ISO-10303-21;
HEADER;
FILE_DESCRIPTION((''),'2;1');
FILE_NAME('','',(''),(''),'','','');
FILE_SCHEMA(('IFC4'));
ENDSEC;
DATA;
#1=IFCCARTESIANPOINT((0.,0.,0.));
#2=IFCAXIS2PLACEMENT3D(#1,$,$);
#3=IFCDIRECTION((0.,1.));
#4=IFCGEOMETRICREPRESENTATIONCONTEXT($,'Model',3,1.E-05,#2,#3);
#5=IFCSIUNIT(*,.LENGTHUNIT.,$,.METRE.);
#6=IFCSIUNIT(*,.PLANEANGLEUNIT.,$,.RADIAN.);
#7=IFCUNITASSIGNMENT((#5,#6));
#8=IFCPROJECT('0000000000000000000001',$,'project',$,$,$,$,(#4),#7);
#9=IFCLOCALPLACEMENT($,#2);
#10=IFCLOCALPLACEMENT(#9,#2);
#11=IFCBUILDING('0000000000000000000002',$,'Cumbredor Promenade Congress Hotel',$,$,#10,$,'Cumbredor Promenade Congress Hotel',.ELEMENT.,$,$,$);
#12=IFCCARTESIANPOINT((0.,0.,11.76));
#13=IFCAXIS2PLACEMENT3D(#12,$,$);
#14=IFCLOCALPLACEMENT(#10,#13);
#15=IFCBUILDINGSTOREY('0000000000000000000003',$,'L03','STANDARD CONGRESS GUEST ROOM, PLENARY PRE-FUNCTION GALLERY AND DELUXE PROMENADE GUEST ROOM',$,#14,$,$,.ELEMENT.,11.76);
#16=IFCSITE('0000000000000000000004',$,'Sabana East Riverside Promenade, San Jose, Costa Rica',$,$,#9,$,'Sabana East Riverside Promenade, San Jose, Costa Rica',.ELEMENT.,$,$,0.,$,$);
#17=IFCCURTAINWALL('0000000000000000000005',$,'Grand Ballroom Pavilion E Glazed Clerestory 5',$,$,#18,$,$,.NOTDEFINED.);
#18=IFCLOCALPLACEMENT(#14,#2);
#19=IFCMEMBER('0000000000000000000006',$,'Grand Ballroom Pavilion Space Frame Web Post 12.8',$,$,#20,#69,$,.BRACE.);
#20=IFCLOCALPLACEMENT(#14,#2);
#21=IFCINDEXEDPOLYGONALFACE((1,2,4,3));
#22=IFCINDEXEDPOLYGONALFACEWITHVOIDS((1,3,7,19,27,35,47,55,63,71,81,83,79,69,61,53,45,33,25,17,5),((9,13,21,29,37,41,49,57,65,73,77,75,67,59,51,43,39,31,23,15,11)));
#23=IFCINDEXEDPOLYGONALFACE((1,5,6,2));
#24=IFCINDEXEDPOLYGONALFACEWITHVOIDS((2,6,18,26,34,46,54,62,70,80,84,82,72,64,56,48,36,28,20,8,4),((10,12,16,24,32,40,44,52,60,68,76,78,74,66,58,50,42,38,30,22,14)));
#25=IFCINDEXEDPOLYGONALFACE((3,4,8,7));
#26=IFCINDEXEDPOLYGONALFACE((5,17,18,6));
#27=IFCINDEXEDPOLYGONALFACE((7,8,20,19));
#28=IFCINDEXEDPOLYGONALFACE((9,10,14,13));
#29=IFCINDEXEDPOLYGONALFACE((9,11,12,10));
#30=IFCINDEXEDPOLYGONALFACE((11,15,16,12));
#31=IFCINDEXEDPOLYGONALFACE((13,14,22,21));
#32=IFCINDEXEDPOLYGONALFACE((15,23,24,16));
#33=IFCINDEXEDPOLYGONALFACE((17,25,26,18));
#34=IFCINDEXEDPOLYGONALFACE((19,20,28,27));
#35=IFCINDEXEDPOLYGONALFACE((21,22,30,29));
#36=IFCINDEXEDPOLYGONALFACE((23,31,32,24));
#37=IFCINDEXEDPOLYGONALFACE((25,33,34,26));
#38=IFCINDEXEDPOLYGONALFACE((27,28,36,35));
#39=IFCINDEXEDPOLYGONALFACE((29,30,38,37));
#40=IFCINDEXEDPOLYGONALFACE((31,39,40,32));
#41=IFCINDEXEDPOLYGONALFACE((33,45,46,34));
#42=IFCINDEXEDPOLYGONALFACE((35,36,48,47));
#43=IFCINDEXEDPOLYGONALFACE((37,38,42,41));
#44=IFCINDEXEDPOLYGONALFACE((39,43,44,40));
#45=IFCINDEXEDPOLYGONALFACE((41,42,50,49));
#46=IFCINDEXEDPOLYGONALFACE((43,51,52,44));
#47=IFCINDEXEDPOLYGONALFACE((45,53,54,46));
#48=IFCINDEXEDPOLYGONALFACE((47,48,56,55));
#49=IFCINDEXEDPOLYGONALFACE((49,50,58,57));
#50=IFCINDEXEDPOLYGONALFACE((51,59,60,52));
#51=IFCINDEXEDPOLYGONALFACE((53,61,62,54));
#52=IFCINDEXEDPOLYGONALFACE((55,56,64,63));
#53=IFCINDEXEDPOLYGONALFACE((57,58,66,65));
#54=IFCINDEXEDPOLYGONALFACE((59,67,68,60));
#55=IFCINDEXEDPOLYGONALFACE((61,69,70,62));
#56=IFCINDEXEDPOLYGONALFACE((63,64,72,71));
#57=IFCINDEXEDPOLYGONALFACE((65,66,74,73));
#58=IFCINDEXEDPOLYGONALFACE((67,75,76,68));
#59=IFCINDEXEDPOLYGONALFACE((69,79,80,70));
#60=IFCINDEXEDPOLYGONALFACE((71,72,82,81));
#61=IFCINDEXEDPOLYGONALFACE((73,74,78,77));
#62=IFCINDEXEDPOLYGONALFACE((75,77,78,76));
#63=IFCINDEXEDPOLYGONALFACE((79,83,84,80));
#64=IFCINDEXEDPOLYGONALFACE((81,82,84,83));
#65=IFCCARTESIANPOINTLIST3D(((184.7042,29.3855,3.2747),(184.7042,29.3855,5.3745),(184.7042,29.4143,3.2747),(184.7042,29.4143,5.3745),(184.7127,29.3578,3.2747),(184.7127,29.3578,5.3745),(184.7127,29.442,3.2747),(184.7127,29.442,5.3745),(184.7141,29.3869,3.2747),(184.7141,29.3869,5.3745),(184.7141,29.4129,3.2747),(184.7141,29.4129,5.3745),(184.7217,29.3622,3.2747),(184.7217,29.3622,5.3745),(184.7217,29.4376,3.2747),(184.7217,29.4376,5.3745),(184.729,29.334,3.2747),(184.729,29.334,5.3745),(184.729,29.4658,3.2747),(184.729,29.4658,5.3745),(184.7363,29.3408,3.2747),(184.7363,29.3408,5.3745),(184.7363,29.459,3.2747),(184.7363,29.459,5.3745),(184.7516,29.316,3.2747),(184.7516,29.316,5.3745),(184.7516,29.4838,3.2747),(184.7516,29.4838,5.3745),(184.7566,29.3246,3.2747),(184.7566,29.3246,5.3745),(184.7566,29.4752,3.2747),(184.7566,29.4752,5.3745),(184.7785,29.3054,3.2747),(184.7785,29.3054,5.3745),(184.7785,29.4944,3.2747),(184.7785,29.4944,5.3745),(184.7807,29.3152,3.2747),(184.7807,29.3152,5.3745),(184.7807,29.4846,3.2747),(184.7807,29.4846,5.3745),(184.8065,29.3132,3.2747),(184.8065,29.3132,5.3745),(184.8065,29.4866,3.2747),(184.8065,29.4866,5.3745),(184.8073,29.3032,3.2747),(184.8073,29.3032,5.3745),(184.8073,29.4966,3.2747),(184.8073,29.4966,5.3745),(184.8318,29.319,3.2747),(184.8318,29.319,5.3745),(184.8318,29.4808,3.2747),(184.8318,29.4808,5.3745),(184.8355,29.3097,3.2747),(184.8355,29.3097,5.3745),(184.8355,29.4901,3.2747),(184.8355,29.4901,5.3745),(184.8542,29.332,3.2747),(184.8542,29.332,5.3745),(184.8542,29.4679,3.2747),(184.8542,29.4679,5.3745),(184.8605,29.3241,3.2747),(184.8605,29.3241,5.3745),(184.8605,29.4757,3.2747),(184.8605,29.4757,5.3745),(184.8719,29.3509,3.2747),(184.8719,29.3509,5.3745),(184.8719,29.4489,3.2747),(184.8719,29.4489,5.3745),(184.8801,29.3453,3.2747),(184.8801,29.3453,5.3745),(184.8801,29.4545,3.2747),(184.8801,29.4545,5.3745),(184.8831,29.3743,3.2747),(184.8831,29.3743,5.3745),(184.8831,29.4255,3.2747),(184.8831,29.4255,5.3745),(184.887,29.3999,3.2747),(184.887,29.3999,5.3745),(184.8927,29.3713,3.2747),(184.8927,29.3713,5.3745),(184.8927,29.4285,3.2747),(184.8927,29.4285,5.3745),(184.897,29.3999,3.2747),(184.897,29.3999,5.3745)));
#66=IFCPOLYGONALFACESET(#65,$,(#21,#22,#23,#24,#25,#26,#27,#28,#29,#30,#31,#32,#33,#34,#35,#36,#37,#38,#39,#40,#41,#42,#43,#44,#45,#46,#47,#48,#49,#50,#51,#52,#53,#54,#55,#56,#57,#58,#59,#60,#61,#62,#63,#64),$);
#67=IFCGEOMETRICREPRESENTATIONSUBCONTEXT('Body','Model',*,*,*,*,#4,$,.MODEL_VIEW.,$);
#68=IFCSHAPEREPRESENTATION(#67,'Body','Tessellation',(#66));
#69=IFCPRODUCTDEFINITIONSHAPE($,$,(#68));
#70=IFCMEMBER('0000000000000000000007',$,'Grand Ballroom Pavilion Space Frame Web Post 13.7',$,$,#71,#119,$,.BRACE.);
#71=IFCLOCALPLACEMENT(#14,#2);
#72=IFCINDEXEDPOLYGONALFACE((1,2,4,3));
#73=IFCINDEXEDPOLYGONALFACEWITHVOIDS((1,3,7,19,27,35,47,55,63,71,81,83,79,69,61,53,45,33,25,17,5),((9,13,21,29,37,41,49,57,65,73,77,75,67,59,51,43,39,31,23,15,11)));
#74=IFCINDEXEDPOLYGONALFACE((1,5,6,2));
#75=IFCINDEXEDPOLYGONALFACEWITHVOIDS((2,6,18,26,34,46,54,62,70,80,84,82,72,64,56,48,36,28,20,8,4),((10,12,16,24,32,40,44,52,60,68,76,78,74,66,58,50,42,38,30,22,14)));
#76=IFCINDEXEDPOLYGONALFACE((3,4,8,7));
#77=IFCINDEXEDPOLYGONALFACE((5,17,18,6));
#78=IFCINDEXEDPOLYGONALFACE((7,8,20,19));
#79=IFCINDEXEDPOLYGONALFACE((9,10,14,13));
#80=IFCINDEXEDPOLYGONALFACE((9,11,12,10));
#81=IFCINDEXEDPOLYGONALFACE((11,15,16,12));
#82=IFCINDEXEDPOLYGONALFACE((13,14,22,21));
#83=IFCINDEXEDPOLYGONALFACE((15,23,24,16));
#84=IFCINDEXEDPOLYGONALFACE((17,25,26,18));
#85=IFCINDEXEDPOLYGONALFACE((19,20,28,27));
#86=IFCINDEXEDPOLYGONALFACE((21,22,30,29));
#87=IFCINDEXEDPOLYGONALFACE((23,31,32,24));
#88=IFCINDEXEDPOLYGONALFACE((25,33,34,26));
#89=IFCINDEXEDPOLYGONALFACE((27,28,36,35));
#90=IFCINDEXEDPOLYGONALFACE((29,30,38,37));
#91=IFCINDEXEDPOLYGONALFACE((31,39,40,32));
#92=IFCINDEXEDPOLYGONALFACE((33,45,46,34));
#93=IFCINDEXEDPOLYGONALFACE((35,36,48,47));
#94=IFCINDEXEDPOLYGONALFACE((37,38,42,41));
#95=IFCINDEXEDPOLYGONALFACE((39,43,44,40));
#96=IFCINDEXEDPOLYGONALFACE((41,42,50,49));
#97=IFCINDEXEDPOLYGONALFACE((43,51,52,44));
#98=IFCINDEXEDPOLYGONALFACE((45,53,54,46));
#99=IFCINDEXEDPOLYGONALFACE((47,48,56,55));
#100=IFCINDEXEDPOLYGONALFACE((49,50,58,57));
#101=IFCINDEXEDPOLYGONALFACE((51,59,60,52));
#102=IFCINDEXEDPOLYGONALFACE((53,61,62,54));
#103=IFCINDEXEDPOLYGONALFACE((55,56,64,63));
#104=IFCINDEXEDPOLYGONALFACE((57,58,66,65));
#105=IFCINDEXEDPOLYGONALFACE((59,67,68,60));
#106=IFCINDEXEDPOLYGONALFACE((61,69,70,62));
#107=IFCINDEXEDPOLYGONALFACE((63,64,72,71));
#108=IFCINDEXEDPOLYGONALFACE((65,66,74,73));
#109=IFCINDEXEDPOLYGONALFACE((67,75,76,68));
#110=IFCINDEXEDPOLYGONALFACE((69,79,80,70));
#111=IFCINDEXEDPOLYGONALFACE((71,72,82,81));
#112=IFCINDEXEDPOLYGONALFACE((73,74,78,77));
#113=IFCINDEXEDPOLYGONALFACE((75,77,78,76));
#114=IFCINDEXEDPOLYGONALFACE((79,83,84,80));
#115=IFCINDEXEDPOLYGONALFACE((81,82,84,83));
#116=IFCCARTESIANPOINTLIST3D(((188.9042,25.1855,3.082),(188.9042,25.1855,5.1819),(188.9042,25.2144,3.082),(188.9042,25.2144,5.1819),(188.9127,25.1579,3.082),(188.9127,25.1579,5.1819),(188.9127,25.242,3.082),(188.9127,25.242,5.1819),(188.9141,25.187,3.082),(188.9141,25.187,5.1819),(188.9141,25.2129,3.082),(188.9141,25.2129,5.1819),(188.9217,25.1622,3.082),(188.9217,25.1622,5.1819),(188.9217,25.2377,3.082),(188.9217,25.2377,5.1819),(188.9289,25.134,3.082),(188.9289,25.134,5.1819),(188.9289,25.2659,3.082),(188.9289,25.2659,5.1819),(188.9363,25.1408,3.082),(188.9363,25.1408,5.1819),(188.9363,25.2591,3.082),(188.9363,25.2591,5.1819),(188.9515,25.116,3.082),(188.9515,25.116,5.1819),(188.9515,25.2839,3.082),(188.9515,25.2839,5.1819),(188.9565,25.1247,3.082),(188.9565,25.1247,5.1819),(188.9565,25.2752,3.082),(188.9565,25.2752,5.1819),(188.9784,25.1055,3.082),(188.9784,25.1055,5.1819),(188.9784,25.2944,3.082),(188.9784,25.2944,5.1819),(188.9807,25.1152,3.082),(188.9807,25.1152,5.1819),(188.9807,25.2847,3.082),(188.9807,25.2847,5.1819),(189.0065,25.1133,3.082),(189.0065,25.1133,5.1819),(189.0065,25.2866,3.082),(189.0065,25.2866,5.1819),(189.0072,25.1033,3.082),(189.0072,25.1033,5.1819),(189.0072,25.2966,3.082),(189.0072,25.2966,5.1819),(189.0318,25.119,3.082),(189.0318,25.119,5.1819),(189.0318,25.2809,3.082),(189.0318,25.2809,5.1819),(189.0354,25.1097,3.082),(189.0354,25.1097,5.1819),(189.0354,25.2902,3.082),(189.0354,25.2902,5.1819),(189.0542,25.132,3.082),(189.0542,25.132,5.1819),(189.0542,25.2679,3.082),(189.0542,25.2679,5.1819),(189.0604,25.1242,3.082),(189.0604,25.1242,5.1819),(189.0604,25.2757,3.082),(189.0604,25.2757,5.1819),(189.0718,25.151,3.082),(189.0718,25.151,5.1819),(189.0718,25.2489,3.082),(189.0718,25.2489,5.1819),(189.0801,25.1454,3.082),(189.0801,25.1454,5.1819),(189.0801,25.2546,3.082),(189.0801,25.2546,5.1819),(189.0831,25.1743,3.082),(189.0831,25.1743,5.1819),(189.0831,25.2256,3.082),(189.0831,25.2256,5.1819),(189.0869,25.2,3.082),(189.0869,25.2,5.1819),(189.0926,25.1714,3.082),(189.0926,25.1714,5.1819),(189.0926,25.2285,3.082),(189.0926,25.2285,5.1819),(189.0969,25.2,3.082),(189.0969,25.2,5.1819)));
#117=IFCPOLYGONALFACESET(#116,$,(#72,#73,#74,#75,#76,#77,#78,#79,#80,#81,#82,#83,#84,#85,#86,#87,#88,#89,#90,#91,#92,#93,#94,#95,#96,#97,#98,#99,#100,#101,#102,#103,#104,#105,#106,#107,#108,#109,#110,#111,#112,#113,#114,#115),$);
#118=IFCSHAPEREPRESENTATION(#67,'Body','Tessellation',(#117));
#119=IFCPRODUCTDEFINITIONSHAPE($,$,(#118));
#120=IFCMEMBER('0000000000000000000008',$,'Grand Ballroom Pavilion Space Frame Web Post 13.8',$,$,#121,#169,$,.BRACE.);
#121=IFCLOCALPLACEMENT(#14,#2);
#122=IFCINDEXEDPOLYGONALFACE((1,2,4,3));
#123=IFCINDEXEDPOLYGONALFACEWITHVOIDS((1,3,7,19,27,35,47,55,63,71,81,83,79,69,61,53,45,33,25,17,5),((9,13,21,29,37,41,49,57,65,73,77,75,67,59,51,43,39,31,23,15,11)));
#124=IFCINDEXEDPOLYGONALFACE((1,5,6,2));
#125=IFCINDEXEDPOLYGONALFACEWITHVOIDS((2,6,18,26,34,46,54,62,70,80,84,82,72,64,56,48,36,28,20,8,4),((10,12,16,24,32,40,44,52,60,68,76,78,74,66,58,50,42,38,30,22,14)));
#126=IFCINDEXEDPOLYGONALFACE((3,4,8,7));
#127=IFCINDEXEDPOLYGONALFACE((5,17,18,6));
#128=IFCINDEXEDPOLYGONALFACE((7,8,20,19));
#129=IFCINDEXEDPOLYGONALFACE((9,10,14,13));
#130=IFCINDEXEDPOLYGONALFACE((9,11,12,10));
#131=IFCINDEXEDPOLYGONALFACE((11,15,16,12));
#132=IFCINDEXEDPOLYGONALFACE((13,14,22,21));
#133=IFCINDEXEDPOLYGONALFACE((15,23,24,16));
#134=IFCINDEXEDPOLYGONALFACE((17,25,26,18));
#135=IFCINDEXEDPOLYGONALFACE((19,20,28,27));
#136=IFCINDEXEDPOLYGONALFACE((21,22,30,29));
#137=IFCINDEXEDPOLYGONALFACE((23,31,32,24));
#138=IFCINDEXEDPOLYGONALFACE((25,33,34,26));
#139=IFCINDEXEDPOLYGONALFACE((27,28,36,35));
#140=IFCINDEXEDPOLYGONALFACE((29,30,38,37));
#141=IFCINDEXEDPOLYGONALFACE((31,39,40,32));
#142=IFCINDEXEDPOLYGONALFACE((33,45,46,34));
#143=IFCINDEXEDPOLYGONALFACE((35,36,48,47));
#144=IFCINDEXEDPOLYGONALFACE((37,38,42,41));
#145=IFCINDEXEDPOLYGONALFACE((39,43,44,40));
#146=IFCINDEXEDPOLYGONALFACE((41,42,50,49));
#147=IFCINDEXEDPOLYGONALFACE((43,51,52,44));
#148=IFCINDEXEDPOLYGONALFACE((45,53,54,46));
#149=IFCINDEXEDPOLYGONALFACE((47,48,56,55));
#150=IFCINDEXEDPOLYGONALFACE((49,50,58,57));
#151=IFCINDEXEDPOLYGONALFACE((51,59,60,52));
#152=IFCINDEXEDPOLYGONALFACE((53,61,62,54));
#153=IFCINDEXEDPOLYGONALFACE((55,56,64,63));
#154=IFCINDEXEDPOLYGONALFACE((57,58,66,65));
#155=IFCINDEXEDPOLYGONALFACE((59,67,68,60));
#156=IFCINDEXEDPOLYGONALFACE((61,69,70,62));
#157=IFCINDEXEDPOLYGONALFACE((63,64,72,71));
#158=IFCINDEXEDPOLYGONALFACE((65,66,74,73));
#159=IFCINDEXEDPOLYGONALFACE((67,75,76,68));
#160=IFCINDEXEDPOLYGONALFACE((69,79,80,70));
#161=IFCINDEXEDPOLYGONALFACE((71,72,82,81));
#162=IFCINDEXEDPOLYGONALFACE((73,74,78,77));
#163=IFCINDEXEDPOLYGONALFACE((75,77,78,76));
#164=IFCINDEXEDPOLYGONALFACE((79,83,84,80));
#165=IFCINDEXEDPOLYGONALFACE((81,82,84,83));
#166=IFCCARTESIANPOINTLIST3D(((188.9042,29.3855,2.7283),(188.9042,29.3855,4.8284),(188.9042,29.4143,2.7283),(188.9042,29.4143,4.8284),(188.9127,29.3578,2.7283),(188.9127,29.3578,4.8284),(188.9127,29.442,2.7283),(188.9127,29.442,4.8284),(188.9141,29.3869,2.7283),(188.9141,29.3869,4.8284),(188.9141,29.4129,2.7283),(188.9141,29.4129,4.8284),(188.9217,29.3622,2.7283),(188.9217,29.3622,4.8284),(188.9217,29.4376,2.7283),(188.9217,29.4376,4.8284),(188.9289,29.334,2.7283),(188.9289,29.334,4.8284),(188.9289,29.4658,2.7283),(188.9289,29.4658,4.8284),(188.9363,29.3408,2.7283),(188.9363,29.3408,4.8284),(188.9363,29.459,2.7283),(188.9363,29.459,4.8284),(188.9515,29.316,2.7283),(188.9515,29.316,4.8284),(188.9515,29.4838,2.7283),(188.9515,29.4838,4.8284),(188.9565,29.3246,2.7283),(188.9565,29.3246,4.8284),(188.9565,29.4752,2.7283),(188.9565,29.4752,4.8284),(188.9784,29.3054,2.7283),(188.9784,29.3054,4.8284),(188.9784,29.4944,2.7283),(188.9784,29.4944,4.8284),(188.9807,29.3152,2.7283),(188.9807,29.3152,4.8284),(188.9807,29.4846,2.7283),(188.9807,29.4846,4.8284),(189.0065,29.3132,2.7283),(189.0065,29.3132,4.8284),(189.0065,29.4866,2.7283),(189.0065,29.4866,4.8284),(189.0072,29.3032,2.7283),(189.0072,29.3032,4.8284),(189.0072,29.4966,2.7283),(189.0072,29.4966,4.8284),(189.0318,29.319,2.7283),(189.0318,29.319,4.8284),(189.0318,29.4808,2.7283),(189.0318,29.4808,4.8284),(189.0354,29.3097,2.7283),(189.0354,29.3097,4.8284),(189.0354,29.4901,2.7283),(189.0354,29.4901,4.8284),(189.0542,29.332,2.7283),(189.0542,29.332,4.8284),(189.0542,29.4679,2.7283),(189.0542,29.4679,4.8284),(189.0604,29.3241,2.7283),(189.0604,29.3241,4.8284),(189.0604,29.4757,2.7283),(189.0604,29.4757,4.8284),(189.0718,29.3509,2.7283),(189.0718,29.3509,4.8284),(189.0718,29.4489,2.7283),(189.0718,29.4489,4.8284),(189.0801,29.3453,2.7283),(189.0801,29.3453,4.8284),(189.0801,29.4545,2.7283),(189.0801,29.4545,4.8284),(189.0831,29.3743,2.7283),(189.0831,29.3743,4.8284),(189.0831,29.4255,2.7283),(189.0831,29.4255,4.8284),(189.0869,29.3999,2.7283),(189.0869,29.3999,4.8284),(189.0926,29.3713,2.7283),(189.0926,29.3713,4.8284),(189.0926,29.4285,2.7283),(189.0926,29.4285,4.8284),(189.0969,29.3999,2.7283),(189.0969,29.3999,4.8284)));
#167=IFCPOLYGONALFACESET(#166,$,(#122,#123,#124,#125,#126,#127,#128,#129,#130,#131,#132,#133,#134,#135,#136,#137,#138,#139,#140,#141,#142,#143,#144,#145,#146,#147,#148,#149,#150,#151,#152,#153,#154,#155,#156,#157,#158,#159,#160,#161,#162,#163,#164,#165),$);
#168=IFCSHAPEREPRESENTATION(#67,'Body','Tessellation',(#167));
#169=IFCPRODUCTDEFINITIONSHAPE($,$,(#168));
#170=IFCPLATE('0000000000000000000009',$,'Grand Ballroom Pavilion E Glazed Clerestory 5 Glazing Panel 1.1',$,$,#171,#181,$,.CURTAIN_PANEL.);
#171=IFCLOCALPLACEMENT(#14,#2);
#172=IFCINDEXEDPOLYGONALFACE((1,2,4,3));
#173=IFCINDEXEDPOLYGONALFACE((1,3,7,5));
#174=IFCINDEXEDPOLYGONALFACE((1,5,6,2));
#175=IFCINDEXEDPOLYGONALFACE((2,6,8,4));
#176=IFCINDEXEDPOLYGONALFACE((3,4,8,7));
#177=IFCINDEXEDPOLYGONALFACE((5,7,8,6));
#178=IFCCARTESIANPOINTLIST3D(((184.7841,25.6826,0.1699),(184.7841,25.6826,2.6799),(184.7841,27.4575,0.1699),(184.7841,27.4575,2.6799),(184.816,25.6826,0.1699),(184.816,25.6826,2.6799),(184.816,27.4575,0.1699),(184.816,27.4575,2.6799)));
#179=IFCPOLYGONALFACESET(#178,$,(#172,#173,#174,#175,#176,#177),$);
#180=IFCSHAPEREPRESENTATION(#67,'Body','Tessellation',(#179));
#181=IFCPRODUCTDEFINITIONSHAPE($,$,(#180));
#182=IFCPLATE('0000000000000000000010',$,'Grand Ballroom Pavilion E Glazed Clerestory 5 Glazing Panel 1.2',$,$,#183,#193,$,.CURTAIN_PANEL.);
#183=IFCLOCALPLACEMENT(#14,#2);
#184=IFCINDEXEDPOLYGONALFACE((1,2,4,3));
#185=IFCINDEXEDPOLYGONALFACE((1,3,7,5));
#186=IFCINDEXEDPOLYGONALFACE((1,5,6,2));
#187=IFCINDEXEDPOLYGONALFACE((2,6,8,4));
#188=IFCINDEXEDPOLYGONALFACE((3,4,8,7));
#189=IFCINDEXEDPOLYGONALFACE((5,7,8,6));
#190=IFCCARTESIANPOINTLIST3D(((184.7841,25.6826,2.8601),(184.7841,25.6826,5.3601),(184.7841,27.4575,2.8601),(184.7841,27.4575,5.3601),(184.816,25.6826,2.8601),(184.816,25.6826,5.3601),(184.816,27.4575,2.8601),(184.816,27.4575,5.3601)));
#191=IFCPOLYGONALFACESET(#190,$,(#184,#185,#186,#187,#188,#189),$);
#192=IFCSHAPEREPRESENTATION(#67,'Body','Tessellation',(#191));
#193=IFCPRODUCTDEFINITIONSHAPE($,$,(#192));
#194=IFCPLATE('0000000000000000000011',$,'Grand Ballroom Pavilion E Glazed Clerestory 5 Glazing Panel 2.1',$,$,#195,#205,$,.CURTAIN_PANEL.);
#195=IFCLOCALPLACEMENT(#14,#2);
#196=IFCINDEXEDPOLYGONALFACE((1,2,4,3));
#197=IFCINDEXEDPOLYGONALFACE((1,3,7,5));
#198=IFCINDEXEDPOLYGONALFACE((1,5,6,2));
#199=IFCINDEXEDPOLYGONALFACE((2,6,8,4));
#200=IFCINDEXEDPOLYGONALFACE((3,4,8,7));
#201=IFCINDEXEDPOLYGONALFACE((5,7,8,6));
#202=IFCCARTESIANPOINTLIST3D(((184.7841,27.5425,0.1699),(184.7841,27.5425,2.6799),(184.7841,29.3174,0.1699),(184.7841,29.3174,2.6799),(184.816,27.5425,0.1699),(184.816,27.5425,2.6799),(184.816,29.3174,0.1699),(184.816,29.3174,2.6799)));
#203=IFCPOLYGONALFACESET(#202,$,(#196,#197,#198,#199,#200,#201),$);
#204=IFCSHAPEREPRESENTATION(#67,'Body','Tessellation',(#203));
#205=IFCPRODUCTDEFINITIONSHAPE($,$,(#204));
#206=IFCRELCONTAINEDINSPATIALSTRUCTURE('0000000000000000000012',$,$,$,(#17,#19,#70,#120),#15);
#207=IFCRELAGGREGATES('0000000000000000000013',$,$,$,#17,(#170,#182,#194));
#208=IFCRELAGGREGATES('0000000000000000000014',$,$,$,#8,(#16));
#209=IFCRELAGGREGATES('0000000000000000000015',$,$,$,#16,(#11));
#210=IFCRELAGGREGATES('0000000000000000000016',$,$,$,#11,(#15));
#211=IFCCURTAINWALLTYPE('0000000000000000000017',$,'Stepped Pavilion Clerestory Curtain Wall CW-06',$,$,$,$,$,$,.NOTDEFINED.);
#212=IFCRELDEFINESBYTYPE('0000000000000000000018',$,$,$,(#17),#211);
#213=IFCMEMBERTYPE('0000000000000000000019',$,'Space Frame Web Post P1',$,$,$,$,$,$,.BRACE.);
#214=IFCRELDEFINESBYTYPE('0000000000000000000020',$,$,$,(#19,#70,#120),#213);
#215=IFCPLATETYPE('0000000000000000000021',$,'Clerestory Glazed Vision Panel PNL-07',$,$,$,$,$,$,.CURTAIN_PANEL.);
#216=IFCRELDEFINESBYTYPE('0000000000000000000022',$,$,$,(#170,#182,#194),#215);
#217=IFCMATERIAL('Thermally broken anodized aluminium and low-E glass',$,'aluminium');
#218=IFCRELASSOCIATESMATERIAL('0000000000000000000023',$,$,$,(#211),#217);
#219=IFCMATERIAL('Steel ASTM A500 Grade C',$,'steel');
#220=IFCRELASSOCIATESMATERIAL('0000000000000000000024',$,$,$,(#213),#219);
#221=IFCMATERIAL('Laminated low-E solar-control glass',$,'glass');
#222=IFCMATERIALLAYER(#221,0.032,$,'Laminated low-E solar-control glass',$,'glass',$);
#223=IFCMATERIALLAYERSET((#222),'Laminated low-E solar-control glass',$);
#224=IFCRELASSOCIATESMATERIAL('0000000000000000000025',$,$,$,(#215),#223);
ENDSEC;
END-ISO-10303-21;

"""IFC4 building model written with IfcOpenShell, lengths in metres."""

from ifc_helpers import new_model, si_unit, direction, frame, origin, origin_2d, place, context, subcontext, project, spatial, rectangle, hollow_circle, extrude, material, layer, layer_set, material_profile, profile_set, type_object, element, aggregate, save


model = new_model("IFC4")

# Units and contexts
model_context = context("Model", 3, precision=1e-05, world=origin(), true_north=direction((0.0, 1.0)))
body_context = subcontext(model_context, "Body", "Model", "MODEL_VIEW")
ifc_project = project(units=[si_unit("LENGTHUNIT", "METRE"), si_unit("PLANEANGLEUNIT", "RADIAN")], contexts=[model_context])

# Site, building, storey
site_placement = place(None, origin())
site = spatial("IfcSite", under=ifc_project, at=site_placement, Name="Sabana East Riverside Promenade, San Jose, Costa Rica", LongName="Sabana East Riverside Promenade, San Jose, Costa Rica", CompositionType="ELEMENT", RefElevation=0.0)
building_placement = place(site_placement, origin())
building = spatial("IfcBuilding", under=site, at=building_placement, Name="Cumbredor Promenade Congress Hotel", LongName="Cumbredor Promenade Congress Hotel", CompositionType="ELEMENT")
storey_placement = place(building_placement, frame((0.0, 0.0, 11.76)))
storey = spatial("IfcBuildingStorey", under=building, at=storey_placement, Name="L03", Description="STANDARD CONGRESS GUEST ROOM, PLENARY PRE-FUNCTION GALLERY AND DELUXE PROMENADE GUEST ROOM", CompositionType="ELEMENT", Elevation=11.76)

# Shared definitions
ifc_material_1 = material(Name="Steel ASTM A500 Grade C", Category="steel")

# Curtain wall
ifc_material_2 = material(Name="Thermally broken anodized aluminium and low-E glass", Category="aluminium")
curtain_wall_type = type_object("IfcCurtainWallType", Name="Stepped Pavilion Clerestory Curtain Wall CW-06", PredefinedType="NOTDEFINED", material=ifc_material_2)
curtain_wall_1_placement = place(storey_placement, origin())
curtain_wall_1 = element("IfcCurtainWall", 1, at=curtain_wall_1_placement, inside=storey, type_object=curtain_wall_type, Name="Grand Ballroom Pavilion E Glazed Clerestory 5", PredefinedType="NOTDEFINED")

# Members
ifc_material_profile_1 = material_profile(ifc_material_1, hollow_circle(Radius=0.0969, WallThickness=0.01, at=origin_2d()), Name="CHS 193.7x10")
ifc_profile_set_1 = profile_set([ifc_material_profile_1], Name="Steel ASTM A500 Grade C")
member_type_1 = type_object("IfcMemberType", Name="Space Frame Web Post P1", PredefinedType="BRACE", material=ifc_profile_set_1)
for number, where, z_axis, x_axis, name in (
    (2, (184.8, 29.3999, 3.2747), (0.0, 0.0, 1.0), (1.0, 0.0, 0.0), "Grand Ballroom Pavilion Space Frame Web Post 12.8"),
    (3, (189.0, 25.2, 3.082), (0.0, 0.0, 1.0), (1.0, 0.0, 0.0), "Grand Ballroom Pavilion Space Frame Web Post 13.7"),
):
    element("IfcMember", number, at=place(storey_placement, frame(where, z_axis=z_axis, x_axis=x_axis)), inside=storey, type_object=member_type_1, Name=name, PredefinedType="BRACE", context=body_context, shape_type="SweptSolid", body=[
        extrude(hollow_circle(Radius=0.0969, WallThickness=0.01, at=origin_2d()), origin(), (0.0, 0.0, 1.0), 2.0999),
    ])
member_1_placement = place(storey_placement, frame((189.0, 29.3999, 2.7283), z_axis=(0.0, 0.0, 1.0), x_axis=(1.0, 0.0, 0.0)))
element("IfcMember", 4, at=member_1_placement, inside=storey, type_object=member_type_1, Name="Grand Ballroom Pavilion Space Frame Web Post 13.8", PredefinedType="BRACE", context=body_context, shape_type="SweptSolid", body=[
    extrude(hollow_circle(Radius=0.0969, WallThickness=0.01, at=origin_2d()), origin(), (0.0, 0.0, 1.0), 2.1001),
])

# Plates
ifc_material_3 = material(Name="Laminated low-E solar-control glass", Category="glass")
ifc_layer_1 = layer(ifc_material_3, 0.032, Name="Laminated low-E solar-control glass", Category="glass")
ifc_layer_set_1 = layer_set([ifc_layer_1], Name="Laminated low-E solar-control glass")
plate_type_1 = type_object("IfcPlateType", Name="Clerestory Glazed Vision Panel PNL-07", PredefinedType="CURTAIN_PANEL", material=ifc_layer_set_1)
plate_1_placement = place(storey_placement, frame((184.8, 26.5701, 0.1699), z_axis=(0.0, 0.0, 1.0), x_axis=(0.0, 1.0, 0.0)))
plate_1 = element("IfcPlate", 5, at=plate_1_placement, type_object=plate_type_1, Name="Grand Ballroom Pavilion E Glazed Clerestory 5 Glazing Panel 1.1", PredefinedType="CURTAIN_PANEL", context=body_context, shape_type="SweptSolid", body=[
    extrude(rectangle(XDim=1.7749, YDim=0.032, at=origin_2d()), origin(), (0.0, 0.0, 1.0), 2.51),
])
plate_2_placement = place(storey_placement, frame((184.8, 26.5701, 2.8601), z_axis=(0.0, 0.0, 1.0), x_axis=(0.0, 1.0, 0.0)))
plate_2 = element("IfcPlate", 6, at=plate_2_placement, type_object=plate_type_1, Name="Grand Ballroom Pavilion E Glazed Clerestory 5 Glazing Panel 1.2", PredefinedType="CURTAIN_PANEL", context=body_context, shape_type="SweptSolid", body=[
    extrude(rectangle(XDim=1.7749, YDim=0.032, at=origin_2d()), origin(), (0.0, 0.0, 1.0), 2.5),
])
plate_3_placement = place(storey_placement, frame((184.8, 28.4299, 0.1699), z_axis=(0.0, 0.0, 1.0), x_axis=(0.0, 1.0, 0.0)))
plate_3 = element("IfcPlate", 7, at=plate_3_placement, type_object=plate_type_1, Name="Grand Ballroom Pavilion E Glazed Clerestory 5 Glazing Panel 2.1", PredefinedType="CURTAIN_PANEL", context=body_context, shape_type="SweptSolid", body=[
    extrude(rectangle(XDim=1.7749, YDim=0.032, at=origin_2d()), origin(), (0.0, 0.0, 1.0), 2.51),
])
aggregate(curtain_wall_1, [plate_1, plate_2, plate_3])

save(model, "model.ifc")
